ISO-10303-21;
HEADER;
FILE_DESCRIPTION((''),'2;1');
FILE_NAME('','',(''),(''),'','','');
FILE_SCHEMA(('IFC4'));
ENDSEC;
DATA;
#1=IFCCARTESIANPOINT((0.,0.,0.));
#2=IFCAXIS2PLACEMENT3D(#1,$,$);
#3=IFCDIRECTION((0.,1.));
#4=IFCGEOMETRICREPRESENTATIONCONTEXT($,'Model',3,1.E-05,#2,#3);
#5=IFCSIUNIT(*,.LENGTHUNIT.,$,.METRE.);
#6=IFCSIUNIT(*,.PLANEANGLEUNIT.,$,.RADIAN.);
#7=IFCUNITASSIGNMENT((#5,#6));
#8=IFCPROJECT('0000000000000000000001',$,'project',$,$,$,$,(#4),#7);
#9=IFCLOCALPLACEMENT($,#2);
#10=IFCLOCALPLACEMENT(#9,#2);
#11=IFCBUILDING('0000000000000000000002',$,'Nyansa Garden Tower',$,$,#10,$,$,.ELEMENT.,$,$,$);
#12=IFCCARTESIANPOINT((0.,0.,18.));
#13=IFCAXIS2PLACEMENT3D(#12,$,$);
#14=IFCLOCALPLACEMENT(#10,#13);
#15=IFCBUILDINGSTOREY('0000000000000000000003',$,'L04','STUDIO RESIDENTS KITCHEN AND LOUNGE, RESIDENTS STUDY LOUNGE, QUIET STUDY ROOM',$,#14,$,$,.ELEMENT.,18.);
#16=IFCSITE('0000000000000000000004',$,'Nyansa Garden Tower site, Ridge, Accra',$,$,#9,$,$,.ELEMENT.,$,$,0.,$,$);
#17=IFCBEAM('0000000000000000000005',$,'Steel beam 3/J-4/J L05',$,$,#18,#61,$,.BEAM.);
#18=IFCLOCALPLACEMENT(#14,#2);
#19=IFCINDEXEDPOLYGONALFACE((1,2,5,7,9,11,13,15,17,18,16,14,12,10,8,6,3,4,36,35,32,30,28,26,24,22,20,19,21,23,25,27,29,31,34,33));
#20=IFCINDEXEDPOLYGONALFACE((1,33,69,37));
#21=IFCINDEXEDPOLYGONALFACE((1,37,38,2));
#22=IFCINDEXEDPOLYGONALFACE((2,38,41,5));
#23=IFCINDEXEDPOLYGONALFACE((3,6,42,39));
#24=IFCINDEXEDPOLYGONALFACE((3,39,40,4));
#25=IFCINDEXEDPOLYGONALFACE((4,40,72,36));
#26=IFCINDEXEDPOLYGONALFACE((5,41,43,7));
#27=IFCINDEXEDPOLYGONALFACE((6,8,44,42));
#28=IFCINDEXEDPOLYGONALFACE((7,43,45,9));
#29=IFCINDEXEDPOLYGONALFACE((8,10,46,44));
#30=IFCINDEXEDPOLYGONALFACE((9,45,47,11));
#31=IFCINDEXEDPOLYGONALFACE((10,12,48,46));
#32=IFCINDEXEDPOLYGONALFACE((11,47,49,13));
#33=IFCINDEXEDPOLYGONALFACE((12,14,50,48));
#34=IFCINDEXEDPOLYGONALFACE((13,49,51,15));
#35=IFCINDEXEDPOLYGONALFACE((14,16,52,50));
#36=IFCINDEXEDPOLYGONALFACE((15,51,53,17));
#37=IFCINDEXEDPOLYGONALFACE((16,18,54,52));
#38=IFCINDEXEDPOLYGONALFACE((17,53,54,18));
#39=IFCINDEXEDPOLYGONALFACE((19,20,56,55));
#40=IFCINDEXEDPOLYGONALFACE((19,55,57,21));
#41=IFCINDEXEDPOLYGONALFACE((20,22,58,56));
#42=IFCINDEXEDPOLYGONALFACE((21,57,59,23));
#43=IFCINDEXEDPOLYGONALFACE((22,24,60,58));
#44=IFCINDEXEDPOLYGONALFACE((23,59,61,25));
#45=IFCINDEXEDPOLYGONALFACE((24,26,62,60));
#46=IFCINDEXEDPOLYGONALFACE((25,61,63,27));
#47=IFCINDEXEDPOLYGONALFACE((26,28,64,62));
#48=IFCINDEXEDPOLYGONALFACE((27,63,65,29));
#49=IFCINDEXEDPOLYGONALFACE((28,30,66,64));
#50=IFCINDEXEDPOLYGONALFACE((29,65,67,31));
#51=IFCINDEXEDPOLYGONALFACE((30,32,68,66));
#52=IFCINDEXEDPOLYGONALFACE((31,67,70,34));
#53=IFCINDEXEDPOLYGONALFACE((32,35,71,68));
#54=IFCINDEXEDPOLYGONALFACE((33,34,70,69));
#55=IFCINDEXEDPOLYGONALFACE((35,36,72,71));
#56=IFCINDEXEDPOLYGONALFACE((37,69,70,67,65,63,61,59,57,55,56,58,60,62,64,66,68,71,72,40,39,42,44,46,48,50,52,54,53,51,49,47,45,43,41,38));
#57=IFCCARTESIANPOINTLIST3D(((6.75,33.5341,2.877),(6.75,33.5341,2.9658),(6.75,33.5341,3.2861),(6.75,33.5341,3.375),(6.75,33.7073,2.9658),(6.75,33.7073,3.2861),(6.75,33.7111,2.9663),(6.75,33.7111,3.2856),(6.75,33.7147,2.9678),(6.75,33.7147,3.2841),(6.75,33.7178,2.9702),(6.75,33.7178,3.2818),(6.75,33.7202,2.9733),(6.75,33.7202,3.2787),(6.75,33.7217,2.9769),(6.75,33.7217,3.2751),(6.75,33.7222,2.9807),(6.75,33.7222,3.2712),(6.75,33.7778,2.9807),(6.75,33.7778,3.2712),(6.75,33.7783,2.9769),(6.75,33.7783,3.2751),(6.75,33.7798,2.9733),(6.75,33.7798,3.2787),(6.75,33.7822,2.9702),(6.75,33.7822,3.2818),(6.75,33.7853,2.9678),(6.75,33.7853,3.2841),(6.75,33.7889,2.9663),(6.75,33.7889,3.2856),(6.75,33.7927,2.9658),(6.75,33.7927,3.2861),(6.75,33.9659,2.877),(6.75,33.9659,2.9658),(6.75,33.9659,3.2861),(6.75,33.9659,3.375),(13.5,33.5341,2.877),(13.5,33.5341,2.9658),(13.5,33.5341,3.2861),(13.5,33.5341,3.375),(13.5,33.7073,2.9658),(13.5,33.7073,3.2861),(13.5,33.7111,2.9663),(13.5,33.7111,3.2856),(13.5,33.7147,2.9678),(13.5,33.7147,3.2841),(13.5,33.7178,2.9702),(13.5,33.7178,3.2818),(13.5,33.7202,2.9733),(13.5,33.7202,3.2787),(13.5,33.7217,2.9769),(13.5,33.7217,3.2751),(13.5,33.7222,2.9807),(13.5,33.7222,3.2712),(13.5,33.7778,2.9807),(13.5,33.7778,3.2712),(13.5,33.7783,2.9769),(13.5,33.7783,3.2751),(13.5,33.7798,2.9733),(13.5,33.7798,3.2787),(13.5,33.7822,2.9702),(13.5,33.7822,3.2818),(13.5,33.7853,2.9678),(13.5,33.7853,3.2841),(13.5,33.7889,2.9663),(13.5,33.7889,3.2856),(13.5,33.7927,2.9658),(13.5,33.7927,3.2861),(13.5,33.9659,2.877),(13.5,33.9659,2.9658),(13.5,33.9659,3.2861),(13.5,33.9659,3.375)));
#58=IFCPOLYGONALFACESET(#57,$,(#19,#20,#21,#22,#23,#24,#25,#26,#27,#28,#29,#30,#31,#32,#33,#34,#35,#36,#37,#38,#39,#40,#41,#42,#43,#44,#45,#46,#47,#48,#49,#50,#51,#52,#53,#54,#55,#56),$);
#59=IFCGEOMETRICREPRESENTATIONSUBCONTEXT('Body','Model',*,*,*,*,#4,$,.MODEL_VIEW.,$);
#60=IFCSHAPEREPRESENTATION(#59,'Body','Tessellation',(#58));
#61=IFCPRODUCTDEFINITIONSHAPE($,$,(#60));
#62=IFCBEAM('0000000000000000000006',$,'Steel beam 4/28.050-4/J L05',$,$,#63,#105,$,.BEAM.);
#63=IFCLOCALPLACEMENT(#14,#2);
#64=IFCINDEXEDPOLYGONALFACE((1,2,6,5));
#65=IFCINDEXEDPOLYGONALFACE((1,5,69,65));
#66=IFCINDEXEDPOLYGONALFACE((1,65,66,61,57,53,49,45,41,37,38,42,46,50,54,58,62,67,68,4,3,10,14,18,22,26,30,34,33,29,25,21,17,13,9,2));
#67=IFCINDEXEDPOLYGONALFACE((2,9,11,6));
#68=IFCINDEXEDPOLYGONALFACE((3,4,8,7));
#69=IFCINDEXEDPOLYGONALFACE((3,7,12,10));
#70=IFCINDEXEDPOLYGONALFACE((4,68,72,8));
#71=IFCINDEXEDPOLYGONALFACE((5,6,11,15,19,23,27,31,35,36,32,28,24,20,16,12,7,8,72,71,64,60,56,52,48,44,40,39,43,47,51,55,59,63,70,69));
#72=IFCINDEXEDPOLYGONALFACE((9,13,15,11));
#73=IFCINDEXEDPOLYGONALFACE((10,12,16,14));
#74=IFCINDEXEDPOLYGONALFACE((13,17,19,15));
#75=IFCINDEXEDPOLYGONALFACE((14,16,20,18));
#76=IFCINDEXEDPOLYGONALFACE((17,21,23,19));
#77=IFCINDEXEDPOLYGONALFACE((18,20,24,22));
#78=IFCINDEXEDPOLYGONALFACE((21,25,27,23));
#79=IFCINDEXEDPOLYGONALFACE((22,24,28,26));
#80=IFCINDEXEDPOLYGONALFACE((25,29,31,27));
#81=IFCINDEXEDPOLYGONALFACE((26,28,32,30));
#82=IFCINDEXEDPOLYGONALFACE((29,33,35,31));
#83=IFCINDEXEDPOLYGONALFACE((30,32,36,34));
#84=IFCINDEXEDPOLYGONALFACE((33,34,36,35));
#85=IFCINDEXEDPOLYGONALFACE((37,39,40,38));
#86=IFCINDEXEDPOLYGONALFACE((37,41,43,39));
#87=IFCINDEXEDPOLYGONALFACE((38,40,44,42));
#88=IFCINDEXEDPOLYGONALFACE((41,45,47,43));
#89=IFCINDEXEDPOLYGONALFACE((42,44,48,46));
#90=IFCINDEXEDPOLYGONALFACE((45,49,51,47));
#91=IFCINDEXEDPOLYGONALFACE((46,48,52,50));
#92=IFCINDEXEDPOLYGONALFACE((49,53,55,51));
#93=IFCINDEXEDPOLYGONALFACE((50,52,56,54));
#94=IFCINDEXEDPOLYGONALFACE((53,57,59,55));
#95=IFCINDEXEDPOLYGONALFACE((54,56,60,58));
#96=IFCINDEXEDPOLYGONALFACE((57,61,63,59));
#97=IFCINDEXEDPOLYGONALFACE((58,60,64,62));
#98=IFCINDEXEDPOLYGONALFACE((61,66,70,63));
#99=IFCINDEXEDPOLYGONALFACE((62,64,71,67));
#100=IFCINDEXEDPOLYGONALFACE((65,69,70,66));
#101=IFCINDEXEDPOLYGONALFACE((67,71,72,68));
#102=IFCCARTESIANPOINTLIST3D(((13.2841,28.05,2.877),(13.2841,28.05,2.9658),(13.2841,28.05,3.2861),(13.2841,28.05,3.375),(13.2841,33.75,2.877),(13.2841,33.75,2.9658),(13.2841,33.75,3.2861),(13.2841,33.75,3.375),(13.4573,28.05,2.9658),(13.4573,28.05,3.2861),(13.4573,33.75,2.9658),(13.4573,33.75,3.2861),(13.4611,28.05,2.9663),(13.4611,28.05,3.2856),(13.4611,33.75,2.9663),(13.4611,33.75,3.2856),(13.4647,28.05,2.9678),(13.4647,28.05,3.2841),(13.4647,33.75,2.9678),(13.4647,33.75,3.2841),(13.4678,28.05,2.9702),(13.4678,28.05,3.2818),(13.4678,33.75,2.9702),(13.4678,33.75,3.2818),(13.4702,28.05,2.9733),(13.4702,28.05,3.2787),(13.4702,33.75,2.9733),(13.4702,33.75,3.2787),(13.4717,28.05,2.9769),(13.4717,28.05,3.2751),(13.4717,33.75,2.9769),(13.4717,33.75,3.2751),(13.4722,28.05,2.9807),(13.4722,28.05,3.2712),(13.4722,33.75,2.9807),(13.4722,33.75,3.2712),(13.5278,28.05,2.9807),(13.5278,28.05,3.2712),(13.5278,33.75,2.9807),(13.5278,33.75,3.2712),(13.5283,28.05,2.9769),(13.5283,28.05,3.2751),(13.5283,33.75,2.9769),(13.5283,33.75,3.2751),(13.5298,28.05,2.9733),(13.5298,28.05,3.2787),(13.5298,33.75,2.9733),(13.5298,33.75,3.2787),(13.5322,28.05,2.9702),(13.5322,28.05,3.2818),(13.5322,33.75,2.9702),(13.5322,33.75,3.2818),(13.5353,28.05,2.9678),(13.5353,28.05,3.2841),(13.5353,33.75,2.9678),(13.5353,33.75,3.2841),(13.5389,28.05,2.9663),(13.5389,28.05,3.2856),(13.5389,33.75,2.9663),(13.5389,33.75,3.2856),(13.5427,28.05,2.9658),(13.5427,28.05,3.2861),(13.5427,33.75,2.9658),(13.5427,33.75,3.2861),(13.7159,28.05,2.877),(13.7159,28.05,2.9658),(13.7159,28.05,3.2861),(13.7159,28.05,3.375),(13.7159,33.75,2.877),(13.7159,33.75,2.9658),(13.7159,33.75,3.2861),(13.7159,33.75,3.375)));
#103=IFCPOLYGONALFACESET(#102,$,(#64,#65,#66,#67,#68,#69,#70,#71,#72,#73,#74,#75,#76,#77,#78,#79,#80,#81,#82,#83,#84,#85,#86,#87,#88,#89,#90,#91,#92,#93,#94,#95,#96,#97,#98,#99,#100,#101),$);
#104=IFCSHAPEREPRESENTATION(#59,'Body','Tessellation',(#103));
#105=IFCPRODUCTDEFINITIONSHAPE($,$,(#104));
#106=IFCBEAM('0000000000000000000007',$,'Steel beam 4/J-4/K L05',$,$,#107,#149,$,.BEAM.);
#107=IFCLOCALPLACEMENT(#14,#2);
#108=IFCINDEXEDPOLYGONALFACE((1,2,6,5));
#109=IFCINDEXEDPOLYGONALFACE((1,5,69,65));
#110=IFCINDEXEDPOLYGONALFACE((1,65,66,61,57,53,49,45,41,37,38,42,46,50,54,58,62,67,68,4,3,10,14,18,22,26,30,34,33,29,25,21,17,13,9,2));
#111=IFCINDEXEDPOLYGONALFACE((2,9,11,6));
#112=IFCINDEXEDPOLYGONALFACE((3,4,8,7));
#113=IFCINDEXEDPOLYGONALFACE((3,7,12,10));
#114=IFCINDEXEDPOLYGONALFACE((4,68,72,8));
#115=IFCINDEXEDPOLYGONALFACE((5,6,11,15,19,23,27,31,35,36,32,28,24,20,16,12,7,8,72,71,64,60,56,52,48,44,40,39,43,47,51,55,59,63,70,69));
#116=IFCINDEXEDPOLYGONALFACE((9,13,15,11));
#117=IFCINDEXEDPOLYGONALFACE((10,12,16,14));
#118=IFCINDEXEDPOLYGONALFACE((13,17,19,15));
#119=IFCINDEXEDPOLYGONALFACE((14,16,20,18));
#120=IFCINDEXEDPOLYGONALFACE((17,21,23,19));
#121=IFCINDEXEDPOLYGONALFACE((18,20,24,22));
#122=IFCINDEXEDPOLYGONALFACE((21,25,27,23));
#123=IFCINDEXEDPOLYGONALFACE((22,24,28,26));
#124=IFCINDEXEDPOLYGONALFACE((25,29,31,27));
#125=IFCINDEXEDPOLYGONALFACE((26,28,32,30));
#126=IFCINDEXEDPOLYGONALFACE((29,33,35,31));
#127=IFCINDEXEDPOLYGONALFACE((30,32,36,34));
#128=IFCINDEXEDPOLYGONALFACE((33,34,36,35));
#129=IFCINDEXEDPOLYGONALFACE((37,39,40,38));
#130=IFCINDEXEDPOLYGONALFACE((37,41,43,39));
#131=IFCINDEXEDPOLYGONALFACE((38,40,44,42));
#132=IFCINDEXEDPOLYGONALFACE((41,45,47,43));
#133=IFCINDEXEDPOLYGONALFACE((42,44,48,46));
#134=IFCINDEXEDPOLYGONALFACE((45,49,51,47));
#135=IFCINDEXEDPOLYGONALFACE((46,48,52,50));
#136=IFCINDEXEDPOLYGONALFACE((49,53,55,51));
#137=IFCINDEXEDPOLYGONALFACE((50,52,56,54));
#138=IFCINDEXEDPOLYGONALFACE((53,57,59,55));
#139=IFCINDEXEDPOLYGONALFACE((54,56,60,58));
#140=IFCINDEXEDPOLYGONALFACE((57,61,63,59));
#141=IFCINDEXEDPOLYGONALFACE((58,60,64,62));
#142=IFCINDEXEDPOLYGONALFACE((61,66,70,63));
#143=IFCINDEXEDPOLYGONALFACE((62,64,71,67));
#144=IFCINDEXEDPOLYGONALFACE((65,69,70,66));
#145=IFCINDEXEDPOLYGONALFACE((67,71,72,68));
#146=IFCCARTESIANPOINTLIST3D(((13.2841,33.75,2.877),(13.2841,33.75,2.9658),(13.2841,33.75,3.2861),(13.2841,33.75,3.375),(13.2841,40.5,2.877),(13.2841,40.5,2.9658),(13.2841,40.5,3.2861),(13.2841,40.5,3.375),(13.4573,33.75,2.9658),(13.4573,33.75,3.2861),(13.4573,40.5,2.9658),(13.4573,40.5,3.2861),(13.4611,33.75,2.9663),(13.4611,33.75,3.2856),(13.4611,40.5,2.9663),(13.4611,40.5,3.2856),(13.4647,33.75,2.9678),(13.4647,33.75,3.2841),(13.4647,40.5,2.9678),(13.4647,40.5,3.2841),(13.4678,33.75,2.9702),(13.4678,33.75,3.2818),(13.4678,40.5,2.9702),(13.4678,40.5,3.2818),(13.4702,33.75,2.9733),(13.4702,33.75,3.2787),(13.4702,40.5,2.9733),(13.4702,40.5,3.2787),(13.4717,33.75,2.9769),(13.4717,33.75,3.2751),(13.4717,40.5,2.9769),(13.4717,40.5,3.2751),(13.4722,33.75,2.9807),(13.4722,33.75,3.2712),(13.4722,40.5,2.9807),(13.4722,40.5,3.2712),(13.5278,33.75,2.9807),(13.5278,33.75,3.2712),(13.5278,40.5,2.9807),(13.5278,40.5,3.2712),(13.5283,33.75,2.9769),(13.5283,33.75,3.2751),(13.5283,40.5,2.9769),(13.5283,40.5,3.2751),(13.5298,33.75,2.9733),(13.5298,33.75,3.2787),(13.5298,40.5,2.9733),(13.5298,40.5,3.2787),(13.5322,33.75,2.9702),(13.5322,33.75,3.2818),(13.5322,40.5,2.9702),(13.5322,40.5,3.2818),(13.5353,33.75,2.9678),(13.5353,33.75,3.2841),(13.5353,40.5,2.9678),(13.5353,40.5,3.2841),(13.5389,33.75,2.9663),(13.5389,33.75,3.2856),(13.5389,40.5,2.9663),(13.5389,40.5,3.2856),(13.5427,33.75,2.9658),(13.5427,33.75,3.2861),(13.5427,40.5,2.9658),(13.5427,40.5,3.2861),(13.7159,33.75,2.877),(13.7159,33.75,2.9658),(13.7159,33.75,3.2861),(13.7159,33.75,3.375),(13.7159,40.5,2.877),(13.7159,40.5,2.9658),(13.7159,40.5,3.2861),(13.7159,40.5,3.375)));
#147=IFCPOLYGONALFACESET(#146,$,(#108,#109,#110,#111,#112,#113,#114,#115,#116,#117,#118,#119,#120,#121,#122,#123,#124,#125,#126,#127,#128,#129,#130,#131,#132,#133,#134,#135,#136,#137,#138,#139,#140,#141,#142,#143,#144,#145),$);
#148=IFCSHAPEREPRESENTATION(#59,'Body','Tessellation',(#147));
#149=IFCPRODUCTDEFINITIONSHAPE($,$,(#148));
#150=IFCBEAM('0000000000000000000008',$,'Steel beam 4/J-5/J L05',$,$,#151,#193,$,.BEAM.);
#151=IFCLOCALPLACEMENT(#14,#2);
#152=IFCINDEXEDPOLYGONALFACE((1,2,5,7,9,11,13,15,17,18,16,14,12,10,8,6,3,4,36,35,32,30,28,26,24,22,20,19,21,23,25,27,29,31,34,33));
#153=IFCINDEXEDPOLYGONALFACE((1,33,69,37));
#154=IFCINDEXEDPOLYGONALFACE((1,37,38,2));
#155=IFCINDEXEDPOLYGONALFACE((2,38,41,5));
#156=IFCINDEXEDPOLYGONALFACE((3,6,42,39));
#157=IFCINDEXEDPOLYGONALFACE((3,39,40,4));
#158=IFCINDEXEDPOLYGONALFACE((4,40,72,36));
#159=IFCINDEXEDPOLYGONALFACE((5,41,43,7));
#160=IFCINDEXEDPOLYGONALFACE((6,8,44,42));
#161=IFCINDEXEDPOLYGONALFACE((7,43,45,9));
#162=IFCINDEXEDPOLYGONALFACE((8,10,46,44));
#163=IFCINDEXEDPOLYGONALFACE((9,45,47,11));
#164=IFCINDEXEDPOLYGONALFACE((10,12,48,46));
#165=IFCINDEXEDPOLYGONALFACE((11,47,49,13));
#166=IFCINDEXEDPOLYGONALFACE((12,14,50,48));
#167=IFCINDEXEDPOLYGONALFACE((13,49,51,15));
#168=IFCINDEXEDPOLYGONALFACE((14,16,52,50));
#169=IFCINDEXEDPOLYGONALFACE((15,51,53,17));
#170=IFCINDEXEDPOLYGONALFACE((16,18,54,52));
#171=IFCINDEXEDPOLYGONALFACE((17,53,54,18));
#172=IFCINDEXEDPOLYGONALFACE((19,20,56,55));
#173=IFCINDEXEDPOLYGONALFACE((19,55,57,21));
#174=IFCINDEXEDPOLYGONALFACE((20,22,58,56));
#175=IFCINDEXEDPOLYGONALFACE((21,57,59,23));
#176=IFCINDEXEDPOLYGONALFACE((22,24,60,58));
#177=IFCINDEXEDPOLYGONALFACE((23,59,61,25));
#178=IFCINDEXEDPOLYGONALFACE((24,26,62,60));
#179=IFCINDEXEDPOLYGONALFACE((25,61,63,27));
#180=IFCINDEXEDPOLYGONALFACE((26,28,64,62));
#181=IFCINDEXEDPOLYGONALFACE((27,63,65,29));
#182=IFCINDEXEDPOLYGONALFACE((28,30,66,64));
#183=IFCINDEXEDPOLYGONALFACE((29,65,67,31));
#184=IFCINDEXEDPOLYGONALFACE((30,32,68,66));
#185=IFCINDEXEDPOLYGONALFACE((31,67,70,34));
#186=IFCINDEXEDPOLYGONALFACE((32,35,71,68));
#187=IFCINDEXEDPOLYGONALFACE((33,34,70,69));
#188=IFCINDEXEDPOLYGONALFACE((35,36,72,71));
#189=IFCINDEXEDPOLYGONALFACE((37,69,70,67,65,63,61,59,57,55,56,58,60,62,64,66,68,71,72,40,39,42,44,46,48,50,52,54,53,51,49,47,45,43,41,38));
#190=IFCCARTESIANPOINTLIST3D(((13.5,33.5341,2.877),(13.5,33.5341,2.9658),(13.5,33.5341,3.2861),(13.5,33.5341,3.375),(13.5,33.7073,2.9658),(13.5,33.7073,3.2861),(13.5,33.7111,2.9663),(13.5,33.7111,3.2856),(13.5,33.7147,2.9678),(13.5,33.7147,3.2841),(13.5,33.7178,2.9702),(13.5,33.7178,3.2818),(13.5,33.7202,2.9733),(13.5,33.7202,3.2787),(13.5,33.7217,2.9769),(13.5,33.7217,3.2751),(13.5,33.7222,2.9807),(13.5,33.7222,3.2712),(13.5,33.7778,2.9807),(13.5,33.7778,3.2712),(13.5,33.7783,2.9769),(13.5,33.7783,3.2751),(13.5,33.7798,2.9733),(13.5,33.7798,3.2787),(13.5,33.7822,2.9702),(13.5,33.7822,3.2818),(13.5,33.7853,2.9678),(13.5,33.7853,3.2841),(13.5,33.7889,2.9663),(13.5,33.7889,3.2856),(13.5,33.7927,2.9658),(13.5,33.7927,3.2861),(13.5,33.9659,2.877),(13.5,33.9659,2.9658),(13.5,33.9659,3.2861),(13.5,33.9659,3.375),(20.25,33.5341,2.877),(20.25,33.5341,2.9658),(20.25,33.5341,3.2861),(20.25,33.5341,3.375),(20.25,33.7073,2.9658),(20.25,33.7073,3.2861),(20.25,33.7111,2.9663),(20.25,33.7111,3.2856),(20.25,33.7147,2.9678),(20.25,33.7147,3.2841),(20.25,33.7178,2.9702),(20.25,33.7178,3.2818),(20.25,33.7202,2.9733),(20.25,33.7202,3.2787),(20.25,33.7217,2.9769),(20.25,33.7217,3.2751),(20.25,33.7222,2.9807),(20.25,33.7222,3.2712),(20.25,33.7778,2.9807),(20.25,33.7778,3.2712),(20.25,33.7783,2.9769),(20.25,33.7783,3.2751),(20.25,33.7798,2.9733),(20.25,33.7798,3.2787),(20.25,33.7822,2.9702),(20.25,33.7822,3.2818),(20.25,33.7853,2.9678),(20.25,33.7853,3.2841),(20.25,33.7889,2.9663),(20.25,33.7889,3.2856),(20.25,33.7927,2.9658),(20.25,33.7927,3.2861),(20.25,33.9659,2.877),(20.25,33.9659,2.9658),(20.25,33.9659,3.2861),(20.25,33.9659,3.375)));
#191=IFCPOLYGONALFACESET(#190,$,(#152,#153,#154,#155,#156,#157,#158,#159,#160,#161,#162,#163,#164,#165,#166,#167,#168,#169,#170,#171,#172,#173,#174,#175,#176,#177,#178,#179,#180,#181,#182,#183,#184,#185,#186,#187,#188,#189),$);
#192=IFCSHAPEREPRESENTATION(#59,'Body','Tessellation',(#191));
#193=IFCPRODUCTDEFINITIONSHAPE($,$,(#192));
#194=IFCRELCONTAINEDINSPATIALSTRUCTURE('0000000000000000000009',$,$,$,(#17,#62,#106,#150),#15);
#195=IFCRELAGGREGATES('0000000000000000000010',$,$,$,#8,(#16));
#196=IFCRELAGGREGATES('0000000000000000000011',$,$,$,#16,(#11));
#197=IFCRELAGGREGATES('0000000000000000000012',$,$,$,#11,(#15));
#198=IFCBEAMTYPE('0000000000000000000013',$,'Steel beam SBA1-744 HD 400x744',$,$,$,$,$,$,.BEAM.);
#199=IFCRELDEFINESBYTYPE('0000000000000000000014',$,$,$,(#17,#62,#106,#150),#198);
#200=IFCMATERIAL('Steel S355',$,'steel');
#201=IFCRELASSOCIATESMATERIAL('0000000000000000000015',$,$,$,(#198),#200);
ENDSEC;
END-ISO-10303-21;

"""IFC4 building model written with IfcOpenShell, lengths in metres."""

from ifc_helpers import new_model, si_unit, direction, frame, origin, origin_2d, place, context, subcontext, project, spatial, i_section, extrude, material, material_profile, profile_set, type_object, element, save


model = new_model("IFC4")

# Units and contexts
model_context = context("Model", 3, precision=1e-05, world=origin(), true_north=direction((0.0, 1.0)))
body_context = subcontext(model_context, "Body", "Model", "MODEL_VIEW")
ifc_project = project(units=[si_unit("LENGTHUNIT", "METRE"), si_unit("PLANEANGLEUNIT", "RADIAN")], contexts=[model_context])

# Site, building, storey
site_placement = place(None, origin())
site = spatial("IfcSite", under=ifc_project, at=site_placement, Name="Nyansa Garden Tower site, Ridge, Accra", CompositionType="ELEMENT", RefElevation=0.0)
building_placement = place(site_placement, origin())
building = spatial("IfcBuilding", under=site, at=building_placement, Name="Nyansa Garden Tower", CompositionType="ELEMENT")
storey_placement = place(building_placement, frame((0.0, 0.0, 18.0)))
storey = spatial("IfcBuildingStorey", under=building, at=storey_placement, Name="L04", Description="STUDIO RESIDENTS KITCHEN AND LOUNGE, RESIDENTS STUDY LOUNGE, QUIET STUDY ROOM", CompositionType="ELEMENT", Elevation=18.0)

# Beams
ifc_material_1 = material(Name="Steel S355", Category="steel")
ifc_material_profile_1 = material_profile(ifc_material_1, i_section(OverallWidth=0.4319, OverallDepth=0.498, WebThickness=0.0557, FlangeThickness=0.0889, FilletRadius=0.0149, at=origin_2d()), Name="HD 400x744")
ifc_profile_set_1 = profile_set([ifc_material_profile_1], Name="Steel S355")
beam_type_1 = type_object("IfcBeamType", Name="Steel beam SBA1-744 HD 400x744", PredefinedType="BEAM", material=ifc_profile_set_1)
beam_1_placement = place(storey_placement, frame((6.75, 33.75, 3.126), z_axis=(1.0, 0.0, 0.0), x_axis=(0.0, 1.0, 0.0)))
element("IfcBeam", 1, at=beam_1_placement, inside=storey, type_object=beam_type_1, Name="Steel beam 3/J-4/J L05", PredefinedType="BEAM", context=body_context, shape_type="SweptSolid", body=[
    extrude(i_section(OverallWidth=0.4319, OverallDepth=0.498, WebThickness=0.0557, FlangeThickness=0.0889, FilletRadius=0.0149, at=origin_2d()), origin(), (0.0, 0.0, 1.0), 6.75),
])
beam_2_placement = place(storey_placement, frame((13.5, 28.05, 3.126), z_axis=(0.0, 1.0, 0.0), x_axis=(-1.0, 0.0, 0.0)))
element("IfcBeam", 2, at=beam_2_placement, inside=storey, type_object=beam_type_1, Name="Steel beam 4/28.050-4/J L05", PredefinedType="BEAM", context=body_context, shape_type="SweptSolid", body=[
    extrude(i_section(OverallWidth=0.4319, OverallDepth=0.498, WebThickness=0.0557, FlangeThickness=0.0889, FilletRadius=0.0149, at=origin_2d()), origin(), (0.0, 0.0, 1.0), 5.7),
])
for number, where, z_axis, x_axis, name in (
    (3, (13.5, 33.75, 3.126), (0.0, 1.0, 0.0), (-1.0, 0.0, 0.0), "Steel beam 4/J-4/K L05"),
    (4, (13.5, 33.75, 3.126), (1.0, 0.0, 0.0), (0.0, 1.0, 0.0), "Steel beam 4/J-5/J L05"),
):
    element("IfcBeam", number, at=place(storey_placement, frame(where, z_axis=z_axis, x_axis=x_axis)), inside=storey, type_object=beam_type_1, Name=name, PredefinedType="BEAM", context=body_context, shape_type="SweptSolid", body=[
        extrude(i_section(OverallWidth=0.4319, OverallDepth=0.498, WebThickness=0.0557, FlangeThickness=0.0889, FilletRadius=0.0149, at=origin_2d()), origin(), (0.0, 0.0, 1.0), 6.75),
    ])

save(model, "model.ifc")
